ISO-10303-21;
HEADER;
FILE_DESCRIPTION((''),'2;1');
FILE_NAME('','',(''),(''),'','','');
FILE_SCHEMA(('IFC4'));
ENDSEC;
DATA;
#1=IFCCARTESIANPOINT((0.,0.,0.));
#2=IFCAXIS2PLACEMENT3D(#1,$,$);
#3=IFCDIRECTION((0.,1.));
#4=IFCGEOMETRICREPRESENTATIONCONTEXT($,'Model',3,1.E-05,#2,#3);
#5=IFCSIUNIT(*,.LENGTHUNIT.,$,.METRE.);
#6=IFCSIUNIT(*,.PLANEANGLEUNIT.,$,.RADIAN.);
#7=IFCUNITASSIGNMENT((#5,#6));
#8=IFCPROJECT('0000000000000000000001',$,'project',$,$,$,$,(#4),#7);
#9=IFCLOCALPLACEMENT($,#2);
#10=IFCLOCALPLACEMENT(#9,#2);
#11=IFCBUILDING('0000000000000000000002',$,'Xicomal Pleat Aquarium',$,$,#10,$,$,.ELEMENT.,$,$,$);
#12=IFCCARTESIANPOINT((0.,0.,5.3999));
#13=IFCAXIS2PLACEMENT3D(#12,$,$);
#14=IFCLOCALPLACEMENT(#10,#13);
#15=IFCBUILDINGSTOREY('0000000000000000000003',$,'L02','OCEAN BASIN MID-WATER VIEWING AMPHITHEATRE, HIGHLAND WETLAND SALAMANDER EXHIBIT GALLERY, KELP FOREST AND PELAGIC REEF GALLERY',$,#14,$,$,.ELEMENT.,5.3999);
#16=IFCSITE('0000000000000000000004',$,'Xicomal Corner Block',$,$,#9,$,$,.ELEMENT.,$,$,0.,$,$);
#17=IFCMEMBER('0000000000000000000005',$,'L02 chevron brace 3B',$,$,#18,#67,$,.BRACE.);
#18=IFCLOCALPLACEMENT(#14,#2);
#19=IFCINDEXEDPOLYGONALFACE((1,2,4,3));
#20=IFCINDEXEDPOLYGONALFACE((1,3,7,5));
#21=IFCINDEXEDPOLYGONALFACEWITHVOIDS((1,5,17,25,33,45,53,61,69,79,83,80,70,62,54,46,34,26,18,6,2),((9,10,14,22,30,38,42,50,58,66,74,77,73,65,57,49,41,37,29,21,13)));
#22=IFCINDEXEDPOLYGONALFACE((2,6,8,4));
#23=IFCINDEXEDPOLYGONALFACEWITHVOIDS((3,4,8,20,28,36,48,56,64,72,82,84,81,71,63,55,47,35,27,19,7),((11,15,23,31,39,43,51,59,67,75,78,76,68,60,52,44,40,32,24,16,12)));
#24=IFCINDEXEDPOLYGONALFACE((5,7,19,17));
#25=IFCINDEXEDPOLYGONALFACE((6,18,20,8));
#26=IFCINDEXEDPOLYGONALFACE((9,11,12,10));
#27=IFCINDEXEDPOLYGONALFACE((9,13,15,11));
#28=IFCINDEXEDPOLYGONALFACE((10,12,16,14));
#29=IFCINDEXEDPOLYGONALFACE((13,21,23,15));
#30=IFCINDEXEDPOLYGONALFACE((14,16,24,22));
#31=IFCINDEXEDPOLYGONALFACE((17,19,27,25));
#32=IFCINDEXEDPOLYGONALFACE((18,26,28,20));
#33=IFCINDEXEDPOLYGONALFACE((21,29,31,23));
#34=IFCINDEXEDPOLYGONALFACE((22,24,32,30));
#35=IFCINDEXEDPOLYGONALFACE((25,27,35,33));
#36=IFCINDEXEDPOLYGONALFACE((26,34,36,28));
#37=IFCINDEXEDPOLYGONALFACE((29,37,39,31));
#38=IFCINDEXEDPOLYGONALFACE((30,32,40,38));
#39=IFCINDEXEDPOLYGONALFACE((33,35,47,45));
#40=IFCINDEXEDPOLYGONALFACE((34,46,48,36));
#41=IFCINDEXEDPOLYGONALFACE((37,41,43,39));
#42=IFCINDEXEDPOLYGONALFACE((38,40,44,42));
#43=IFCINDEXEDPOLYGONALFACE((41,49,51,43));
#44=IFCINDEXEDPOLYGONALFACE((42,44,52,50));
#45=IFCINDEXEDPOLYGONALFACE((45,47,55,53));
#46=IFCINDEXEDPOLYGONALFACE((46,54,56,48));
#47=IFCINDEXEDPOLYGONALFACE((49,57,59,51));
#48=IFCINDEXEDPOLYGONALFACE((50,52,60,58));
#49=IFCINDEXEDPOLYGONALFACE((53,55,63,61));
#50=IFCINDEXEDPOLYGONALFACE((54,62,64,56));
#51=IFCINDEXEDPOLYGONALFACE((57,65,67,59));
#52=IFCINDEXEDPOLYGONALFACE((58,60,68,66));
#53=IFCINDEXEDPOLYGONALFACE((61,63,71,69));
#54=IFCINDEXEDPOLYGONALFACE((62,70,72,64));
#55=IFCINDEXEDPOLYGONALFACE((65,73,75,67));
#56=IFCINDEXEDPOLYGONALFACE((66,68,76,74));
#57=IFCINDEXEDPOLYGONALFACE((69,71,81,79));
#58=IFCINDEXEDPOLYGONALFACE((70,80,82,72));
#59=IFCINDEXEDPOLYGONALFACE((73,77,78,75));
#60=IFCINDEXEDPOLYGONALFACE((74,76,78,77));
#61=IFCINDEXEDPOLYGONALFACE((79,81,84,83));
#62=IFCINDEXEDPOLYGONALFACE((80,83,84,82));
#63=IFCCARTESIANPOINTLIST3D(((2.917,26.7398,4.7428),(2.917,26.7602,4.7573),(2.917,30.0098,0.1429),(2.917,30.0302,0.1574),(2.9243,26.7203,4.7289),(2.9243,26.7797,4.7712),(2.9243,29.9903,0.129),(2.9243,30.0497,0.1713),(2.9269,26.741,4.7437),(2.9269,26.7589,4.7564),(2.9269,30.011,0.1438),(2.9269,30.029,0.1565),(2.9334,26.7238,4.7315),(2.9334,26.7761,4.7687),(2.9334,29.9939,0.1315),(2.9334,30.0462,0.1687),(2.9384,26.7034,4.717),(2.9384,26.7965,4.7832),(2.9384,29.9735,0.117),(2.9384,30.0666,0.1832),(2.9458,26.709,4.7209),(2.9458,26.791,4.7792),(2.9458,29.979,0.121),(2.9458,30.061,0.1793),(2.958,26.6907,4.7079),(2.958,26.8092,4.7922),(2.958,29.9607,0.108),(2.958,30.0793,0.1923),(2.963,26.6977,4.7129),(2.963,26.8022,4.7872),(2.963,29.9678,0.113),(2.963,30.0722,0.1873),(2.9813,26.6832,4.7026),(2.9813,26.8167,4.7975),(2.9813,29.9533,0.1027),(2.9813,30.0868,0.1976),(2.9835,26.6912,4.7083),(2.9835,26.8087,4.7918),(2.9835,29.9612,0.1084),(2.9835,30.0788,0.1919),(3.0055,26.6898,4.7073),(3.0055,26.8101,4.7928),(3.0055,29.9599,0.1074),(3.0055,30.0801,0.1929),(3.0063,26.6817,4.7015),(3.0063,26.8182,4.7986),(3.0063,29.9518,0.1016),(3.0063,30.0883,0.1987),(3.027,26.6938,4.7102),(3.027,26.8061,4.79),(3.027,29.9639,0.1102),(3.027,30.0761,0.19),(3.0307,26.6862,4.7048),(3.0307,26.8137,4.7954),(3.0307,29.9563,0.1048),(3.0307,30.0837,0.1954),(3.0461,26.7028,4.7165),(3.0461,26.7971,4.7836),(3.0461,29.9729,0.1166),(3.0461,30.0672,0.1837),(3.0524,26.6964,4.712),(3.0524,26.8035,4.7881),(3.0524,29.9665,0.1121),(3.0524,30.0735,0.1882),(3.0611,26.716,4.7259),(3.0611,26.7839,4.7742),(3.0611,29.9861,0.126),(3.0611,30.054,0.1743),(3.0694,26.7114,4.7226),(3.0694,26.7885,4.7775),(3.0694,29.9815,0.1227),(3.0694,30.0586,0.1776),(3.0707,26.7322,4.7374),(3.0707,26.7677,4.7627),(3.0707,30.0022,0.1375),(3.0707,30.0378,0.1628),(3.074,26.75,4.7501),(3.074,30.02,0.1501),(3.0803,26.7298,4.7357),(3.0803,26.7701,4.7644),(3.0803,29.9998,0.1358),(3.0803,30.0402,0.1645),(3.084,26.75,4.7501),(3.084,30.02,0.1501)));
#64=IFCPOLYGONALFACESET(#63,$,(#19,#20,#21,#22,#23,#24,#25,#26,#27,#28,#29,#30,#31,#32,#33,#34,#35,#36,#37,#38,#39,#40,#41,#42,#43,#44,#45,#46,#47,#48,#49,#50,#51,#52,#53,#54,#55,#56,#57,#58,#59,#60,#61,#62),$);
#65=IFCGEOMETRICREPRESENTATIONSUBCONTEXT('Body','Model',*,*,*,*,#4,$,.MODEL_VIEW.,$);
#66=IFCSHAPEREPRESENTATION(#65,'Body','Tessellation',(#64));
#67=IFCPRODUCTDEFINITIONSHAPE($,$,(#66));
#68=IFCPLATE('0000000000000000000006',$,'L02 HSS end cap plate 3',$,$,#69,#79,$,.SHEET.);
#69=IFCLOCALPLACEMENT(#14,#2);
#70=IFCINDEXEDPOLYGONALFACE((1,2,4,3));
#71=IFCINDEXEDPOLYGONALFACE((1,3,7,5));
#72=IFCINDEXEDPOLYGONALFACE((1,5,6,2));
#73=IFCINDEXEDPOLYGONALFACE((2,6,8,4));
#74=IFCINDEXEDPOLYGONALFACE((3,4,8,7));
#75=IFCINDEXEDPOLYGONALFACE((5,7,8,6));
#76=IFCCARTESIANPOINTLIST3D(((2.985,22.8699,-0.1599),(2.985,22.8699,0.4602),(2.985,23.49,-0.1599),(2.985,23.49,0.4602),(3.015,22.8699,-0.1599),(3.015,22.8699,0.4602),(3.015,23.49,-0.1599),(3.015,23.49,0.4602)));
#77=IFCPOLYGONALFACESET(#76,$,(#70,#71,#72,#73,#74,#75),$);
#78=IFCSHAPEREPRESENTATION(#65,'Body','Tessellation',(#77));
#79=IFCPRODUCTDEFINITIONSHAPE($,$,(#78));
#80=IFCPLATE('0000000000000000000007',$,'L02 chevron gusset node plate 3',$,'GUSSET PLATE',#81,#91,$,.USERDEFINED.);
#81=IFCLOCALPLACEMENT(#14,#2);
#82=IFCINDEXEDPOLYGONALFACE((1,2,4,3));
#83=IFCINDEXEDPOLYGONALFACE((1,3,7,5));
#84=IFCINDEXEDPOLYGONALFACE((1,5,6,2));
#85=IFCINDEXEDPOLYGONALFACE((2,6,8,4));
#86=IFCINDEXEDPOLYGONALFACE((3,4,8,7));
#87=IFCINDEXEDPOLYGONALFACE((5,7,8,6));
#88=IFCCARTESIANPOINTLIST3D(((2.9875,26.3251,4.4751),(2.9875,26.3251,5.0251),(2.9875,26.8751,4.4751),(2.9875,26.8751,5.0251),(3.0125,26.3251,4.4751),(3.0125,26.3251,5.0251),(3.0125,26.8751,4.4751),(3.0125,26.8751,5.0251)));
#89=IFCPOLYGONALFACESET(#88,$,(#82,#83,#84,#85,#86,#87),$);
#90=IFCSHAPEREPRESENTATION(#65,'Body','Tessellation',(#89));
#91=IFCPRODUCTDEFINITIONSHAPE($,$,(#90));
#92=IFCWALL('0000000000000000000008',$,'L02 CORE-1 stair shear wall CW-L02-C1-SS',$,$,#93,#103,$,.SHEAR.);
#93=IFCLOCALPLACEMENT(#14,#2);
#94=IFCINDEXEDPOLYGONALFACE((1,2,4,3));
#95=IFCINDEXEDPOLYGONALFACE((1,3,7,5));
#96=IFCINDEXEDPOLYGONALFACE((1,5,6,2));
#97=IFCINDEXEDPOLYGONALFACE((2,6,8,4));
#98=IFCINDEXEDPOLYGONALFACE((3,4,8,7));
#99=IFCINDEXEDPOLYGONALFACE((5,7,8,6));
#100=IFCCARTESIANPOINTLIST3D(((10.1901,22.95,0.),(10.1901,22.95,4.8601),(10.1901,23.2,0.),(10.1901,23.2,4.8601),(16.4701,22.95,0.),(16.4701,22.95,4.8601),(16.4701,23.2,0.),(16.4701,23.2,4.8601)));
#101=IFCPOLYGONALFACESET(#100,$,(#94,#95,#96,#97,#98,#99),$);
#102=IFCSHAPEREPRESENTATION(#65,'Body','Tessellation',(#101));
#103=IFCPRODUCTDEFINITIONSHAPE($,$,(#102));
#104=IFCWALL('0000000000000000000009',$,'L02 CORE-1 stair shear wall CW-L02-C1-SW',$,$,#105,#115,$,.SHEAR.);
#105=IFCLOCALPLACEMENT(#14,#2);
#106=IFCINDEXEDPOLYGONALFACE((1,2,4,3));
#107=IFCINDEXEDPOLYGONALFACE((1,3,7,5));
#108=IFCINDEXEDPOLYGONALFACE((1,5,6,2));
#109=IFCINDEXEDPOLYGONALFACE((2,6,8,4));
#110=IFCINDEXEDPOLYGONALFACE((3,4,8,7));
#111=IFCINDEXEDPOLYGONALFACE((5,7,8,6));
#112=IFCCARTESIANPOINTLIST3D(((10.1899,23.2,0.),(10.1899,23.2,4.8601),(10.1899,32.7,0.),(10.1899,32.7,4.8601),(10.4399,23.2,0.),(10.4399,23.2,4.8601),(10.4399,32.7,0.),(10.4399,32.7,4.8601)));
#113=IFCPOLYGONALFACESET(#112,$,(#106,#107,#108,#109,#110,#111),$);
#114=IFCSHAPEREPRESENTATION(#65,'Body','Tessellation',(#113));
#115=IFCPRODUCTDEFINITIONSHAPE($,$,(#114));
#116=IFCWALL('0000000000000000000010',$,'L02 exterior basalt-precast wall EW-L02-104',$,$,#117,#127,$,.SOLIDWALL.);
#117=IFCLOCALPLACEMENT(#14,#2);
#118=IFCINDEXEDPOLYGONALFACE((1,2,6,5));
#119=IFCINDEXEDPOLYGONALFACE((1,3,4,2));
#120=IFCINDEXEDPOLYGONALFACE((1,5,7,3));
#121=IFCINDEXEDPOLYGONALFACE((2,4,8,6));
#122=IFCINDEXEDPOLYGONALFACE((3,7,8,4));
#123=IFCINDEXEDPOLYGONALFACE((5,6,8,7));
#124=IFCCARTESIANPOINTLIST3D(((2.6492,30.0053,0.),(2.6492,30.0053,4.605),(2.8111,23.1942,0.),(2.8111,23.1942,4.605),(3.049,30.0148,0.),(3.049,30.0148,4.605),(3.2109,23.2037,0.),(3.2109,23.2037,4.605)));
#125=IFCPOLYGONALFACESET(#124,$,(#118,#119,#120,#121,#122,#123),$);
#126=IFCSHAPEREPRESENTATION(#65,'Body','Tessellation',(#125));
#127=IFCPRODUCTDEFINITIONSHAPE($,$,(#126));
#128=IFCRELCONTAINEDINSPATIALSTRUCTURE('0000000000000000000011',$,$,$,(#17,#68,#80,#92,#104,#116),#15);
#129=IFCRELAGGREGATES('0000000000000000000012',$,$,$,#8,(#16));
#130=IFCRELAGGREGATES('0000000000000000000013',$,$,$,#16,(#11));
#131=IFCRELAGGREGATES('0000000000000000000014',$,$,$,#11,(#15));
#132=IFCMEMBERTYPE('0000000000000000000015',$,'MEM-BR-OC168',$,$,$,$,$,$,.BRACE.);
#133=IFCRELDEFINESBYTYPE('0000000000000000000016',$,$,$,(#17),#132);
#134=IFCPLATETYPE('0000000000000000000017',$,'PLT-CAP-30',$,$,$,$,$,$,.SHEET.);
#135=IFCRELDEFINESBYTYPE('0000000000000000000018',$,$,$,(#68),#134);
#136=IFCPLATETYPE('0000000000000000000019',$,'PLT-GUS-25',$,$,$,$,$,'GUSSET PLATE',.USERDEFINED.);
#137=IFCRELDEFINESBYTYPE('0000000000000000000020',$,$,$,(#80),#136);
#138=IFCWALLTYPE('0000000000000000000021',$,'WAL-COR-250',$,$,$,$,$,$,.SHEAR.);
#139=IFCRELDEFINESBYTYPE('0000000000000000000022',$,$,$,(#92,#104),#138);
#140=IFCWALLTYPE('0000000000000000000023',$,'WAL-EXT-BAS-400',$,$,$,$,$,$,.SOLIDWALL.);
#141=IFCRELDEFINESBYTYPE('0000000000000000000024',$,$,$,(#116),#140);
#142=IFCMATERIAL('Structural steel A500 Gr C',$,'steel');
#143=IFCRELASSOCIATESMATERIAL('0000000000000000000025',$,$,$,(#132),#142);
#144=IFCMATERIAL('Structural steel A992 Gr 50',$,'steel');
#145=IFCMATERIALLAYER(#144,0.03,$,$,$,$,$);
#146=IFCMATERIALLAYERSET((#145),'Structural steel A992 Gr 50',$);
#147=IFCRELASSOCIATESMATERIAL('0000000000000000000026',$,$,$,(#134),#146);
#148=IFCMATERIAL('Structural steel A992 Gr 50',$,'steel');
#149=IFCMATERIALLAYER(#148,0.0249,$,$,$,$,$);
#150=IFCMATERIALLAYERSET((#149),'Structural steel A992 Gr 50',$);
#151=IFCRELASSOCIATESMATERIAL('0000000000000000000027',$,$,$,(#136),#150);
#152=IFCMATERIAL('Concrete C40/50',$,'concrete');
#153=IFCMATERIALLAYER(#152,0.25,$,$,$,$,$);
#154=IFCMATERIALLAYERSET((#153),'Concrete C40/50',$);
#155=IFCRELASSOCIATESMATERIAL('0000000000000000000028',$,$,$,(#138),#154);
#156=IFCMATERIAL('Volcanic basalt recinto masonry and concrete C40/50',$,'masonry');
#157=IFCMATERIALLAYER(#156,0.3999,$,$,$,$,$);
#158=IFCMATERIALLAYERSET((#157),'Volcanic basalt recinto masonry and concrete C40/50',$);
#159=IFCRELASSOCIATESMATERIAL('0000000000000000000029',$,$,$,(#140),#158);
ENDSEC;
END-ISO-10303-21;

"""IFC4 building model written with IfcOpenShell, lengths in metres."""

from ifc_helpers import new_model, si_unit, direction, frame, frame_2d, origin, origin_2d, place, context, subcontext, project, spatial, rectangle, hollow_circle, extrude, material, layer, layer_set, material_profile, profile_set, type_object, element, save


model = new_model("IFC4")

# Units and contexts
model_context = context("Model", 3, precision=1e-05, world=origin(), true_north=direction((0.0, 1.0)))
body_context = subcontext(model_context, "Body", "Model", "MODEL_VIEW")
ifc_project = project(units=[si_unit("LENGTHUNIT", "METRE"), si_unit("PLANEANGLEUNIT", "RADIAN")], contexts=[model_context])

# Site, building, storey
site_placement = place(None, origin())
site = spatial("IfcSite", under=ifc_project, at=site_placement, Name="Xicomal Corner Block", CompositionType="ELEMENT", RefElevation=0.0)
building_placement = place(site_placement, origin())
building = spatial("IfcBuilding", under=site, at=building_placement, Name="Xicomal Pleat Aquarium", CompositionType="ELEMENT")
storey_placement = place(building_placement, frame((0.0, 0.0, 5.3999)))
storey = spatial("IfcBuildingStorey", under=building, at=storey_placement, Name="L02", Description="OCEAN BASIN MID-WATER VIEWING AMPHITHEATRE, HIGHLAND WETLAND SALAMANDER EXHIBIT GALLERY, KELP FOREST AND PELAGIC REEF GALLERY", CompositionType="ELEMENT", Elevation=5.3999)

# Member
ifc_material_1 = material(Name="Structural steel A500 Gr C", Category="steel")
ifc_material_profile_1 = material_profile(ifc_material_1, hollow_circle(Radius=0.084, WallThickness=0.01, at=origin_2d()), Name="OC 168x10")
ifc_profile_set_1 = profile_set([ifc_material_profile_1], Name="Structural steel A500 Gr C")
member_type_1 = type_object("IfcMemberType", Name="MEM-BR-OC168", PredefinedType="BRACE", material=ifc_profile_set_1)
for number, where, z_axis, x_axis, name in (
    (1, (3.0, 30.02, 0.1501), (0.0, -0.579408, 0.815038), (1.0, 0.0, 0.0), "L02 chevron brace 3B"),
):
    element("IfcMember", number, at=place(storey_placement, frame(where, z_axis=z_axis, x_axis=x_axis)), inside=storey, type_object=member_type_1, Name=name, PredefinedType="BRACE", context=body_context, shape_type="SweptSolid", body=[
        extrude(hollow_circle(Radius=0.084, WallThickness=0.01, at=origin_2d()), origin(), (0.0, 0.0, 1.0), 5.6438),
    ])

# Plates
ifc_material_2 = material(Name="Structural steel A992 Gr 50", Category="steel")
ifc_layer_1 = layer(ifc_material_2, 0.03)
ifc_layer_set_1 = layer_set([ifc_layer_1], Name="Structural steel A992 Gr 50")
plate_type_1 = type_object("IfcPlateType", Name="PLT-CAP-30", PredefinedType="SHEET", material=ifc_layer_set_1)
plate_1_placement = place(storey_placement, frame((3.0, 23.1799, -0.1599), z_axis=(0.0, 0.0, 1.0), x_axis=(0.0, 1.0, 0.0)))
element("IfcPlate", 2, at=plate_1_placement, inside=storey, type_object=plate_type_1, Name="L02 HSS end cap plate 3", PredefinedType="SHEET", context=body_context, shape_type="SweptSolid", body=[
    extrude(rectangle(XDim=0.6201, YDim=0.03, at=origin_2d()), origin(), (0.0, 0.0, 1.0), 0.6201),
])
ifc_material_3 = material(Name="Structural steel A992 Gr 50", Category="steel")
ifc_layer_2 = layer(ifc_material_3, 0.0249)
ifc_layer_set_2 = layer_set([ifc_layer_2], Name="Structural steel A992 Gr 50")
plate_type_2 = type_object("IfcPlateType", Name="PLT-GUS-25", ElementType="GUSSET PLATE", PredefinedType="USERDEFINED", material=ifc_layer_set_2)
plate_2_placement = place(storey_placement, frame((3.0, 26.6001, 4.4751), z_axis=(0.0, 0.0, 1.0), x_axis=(0.0, 1.0, 0.0)))
element("IfcPlate", 3, at=plate_2_placement, inside=storey, type_object=plate_type_2, Name="L02 chevron gusset node plate 3", ObjectType="GUSSET PLATE", PredefinedType="USERDEFINED", context=body_context, shape_type="SweptSolid", body=[
    extrude(rectangle(XDim=0.55, YDim=0.0249, at=origin_2d()), origin(), (0.0, 0.0, 1.0), 0.55),
])

# Walls
ifc_material_4 = material(Name="Concrete C40/50", Category="concrete")
ifc_layer_3 = layer(ifc_material_4, 0.25)
ifc_layer_set_3 = layer_set([ifc_layer_3], Name="Concrete C40/50")
wall_type_1 = type_object("IfcWallType", Name="WAL-COR-250", PredefinedType="SHEAR", material=ifc_layer_set_3)
wall_1_placement = place(storey_placement, frame((10.1899, 23.075, 0.0), z_axis=(0.0, 0.0, 1.0), x_axis=(1.0, 0.0, 0.0)))
element("IfcWall", 4, at=wall_1_placement, inside=storey, type_object=wall_type_1, Name="L02 CORE-1 stair shear wall CW-L02-C1-SS", PredefinedType="SHEAR", context=body_context, shape_type="SweptSolid", body=[
    extrude(rectangle(XDim=6.28, YDim=0.25, at=frame_2d((3.1401, 0.0))), origin(), (0.0, 0.0, 1.0), 4.8601),
])
wall_2_placement = place(storey_placement, frame((10.3149, 23.2, 0.0), z_axis=(0.0, 0.0, 1.0), x_axis=(0.0, 1.0, 0.0)))
element("IfcWall", 5, at=wall_2_placement, inside=storey, type_object=wall_type_1, Name="L02 CORE-1 stair shear wall CW-L02-C1-SW", PredefinedType="SHEAR", context=body_context, shape_type="SweptSolid", body=[
    extrude(rectangle(XDim=9.5, YDim=0.25, at=frame_2d((4.75, 0.0))), origin(), (0.0, 0.0, 1.0), 4.8601),
])
ifc_material_5 = material(Name="Volcanic basalt recinto masonry and concrete C40/50", Category="masonry")
ifc_layer_4 = layer(ifc_material_5, 0.3999)
ifc_layer_set_4 = layer_set([ifc_layer_4], Name="Volcanic basalt recinto masonry and concrete C40/50")
wall_type_2 = type_object("IfcWallType", Name="WAL-EXT-BAS-400", PredefinedType="SOLIDWALL", material=ifc_layer_set_4)
wall_3_placement = place(storey_placement, frame((3.011, 23.199, 0.0), z_axis=(0.0, 0.0, 1.0), x_axis=(-0.023758, 0.999718, 0.0)))
element("IfcWall", 6, at=wall_3_placement, inside=storey, type_object=wall_type_2, Name="L02 exterior basalt-precast wall EW-L02-104", PredefinedType="SOLIDWALL", context=body_context, shape_type="SweptSolid", body=[
    extrude(rectangle(XDim=6.813, YDim=0.3999, at=frame_2d((3.4065, 0.0))), origin(), (0.0, 0.0, 1.0), 4.605),
])

save(model, "model.ifc")
